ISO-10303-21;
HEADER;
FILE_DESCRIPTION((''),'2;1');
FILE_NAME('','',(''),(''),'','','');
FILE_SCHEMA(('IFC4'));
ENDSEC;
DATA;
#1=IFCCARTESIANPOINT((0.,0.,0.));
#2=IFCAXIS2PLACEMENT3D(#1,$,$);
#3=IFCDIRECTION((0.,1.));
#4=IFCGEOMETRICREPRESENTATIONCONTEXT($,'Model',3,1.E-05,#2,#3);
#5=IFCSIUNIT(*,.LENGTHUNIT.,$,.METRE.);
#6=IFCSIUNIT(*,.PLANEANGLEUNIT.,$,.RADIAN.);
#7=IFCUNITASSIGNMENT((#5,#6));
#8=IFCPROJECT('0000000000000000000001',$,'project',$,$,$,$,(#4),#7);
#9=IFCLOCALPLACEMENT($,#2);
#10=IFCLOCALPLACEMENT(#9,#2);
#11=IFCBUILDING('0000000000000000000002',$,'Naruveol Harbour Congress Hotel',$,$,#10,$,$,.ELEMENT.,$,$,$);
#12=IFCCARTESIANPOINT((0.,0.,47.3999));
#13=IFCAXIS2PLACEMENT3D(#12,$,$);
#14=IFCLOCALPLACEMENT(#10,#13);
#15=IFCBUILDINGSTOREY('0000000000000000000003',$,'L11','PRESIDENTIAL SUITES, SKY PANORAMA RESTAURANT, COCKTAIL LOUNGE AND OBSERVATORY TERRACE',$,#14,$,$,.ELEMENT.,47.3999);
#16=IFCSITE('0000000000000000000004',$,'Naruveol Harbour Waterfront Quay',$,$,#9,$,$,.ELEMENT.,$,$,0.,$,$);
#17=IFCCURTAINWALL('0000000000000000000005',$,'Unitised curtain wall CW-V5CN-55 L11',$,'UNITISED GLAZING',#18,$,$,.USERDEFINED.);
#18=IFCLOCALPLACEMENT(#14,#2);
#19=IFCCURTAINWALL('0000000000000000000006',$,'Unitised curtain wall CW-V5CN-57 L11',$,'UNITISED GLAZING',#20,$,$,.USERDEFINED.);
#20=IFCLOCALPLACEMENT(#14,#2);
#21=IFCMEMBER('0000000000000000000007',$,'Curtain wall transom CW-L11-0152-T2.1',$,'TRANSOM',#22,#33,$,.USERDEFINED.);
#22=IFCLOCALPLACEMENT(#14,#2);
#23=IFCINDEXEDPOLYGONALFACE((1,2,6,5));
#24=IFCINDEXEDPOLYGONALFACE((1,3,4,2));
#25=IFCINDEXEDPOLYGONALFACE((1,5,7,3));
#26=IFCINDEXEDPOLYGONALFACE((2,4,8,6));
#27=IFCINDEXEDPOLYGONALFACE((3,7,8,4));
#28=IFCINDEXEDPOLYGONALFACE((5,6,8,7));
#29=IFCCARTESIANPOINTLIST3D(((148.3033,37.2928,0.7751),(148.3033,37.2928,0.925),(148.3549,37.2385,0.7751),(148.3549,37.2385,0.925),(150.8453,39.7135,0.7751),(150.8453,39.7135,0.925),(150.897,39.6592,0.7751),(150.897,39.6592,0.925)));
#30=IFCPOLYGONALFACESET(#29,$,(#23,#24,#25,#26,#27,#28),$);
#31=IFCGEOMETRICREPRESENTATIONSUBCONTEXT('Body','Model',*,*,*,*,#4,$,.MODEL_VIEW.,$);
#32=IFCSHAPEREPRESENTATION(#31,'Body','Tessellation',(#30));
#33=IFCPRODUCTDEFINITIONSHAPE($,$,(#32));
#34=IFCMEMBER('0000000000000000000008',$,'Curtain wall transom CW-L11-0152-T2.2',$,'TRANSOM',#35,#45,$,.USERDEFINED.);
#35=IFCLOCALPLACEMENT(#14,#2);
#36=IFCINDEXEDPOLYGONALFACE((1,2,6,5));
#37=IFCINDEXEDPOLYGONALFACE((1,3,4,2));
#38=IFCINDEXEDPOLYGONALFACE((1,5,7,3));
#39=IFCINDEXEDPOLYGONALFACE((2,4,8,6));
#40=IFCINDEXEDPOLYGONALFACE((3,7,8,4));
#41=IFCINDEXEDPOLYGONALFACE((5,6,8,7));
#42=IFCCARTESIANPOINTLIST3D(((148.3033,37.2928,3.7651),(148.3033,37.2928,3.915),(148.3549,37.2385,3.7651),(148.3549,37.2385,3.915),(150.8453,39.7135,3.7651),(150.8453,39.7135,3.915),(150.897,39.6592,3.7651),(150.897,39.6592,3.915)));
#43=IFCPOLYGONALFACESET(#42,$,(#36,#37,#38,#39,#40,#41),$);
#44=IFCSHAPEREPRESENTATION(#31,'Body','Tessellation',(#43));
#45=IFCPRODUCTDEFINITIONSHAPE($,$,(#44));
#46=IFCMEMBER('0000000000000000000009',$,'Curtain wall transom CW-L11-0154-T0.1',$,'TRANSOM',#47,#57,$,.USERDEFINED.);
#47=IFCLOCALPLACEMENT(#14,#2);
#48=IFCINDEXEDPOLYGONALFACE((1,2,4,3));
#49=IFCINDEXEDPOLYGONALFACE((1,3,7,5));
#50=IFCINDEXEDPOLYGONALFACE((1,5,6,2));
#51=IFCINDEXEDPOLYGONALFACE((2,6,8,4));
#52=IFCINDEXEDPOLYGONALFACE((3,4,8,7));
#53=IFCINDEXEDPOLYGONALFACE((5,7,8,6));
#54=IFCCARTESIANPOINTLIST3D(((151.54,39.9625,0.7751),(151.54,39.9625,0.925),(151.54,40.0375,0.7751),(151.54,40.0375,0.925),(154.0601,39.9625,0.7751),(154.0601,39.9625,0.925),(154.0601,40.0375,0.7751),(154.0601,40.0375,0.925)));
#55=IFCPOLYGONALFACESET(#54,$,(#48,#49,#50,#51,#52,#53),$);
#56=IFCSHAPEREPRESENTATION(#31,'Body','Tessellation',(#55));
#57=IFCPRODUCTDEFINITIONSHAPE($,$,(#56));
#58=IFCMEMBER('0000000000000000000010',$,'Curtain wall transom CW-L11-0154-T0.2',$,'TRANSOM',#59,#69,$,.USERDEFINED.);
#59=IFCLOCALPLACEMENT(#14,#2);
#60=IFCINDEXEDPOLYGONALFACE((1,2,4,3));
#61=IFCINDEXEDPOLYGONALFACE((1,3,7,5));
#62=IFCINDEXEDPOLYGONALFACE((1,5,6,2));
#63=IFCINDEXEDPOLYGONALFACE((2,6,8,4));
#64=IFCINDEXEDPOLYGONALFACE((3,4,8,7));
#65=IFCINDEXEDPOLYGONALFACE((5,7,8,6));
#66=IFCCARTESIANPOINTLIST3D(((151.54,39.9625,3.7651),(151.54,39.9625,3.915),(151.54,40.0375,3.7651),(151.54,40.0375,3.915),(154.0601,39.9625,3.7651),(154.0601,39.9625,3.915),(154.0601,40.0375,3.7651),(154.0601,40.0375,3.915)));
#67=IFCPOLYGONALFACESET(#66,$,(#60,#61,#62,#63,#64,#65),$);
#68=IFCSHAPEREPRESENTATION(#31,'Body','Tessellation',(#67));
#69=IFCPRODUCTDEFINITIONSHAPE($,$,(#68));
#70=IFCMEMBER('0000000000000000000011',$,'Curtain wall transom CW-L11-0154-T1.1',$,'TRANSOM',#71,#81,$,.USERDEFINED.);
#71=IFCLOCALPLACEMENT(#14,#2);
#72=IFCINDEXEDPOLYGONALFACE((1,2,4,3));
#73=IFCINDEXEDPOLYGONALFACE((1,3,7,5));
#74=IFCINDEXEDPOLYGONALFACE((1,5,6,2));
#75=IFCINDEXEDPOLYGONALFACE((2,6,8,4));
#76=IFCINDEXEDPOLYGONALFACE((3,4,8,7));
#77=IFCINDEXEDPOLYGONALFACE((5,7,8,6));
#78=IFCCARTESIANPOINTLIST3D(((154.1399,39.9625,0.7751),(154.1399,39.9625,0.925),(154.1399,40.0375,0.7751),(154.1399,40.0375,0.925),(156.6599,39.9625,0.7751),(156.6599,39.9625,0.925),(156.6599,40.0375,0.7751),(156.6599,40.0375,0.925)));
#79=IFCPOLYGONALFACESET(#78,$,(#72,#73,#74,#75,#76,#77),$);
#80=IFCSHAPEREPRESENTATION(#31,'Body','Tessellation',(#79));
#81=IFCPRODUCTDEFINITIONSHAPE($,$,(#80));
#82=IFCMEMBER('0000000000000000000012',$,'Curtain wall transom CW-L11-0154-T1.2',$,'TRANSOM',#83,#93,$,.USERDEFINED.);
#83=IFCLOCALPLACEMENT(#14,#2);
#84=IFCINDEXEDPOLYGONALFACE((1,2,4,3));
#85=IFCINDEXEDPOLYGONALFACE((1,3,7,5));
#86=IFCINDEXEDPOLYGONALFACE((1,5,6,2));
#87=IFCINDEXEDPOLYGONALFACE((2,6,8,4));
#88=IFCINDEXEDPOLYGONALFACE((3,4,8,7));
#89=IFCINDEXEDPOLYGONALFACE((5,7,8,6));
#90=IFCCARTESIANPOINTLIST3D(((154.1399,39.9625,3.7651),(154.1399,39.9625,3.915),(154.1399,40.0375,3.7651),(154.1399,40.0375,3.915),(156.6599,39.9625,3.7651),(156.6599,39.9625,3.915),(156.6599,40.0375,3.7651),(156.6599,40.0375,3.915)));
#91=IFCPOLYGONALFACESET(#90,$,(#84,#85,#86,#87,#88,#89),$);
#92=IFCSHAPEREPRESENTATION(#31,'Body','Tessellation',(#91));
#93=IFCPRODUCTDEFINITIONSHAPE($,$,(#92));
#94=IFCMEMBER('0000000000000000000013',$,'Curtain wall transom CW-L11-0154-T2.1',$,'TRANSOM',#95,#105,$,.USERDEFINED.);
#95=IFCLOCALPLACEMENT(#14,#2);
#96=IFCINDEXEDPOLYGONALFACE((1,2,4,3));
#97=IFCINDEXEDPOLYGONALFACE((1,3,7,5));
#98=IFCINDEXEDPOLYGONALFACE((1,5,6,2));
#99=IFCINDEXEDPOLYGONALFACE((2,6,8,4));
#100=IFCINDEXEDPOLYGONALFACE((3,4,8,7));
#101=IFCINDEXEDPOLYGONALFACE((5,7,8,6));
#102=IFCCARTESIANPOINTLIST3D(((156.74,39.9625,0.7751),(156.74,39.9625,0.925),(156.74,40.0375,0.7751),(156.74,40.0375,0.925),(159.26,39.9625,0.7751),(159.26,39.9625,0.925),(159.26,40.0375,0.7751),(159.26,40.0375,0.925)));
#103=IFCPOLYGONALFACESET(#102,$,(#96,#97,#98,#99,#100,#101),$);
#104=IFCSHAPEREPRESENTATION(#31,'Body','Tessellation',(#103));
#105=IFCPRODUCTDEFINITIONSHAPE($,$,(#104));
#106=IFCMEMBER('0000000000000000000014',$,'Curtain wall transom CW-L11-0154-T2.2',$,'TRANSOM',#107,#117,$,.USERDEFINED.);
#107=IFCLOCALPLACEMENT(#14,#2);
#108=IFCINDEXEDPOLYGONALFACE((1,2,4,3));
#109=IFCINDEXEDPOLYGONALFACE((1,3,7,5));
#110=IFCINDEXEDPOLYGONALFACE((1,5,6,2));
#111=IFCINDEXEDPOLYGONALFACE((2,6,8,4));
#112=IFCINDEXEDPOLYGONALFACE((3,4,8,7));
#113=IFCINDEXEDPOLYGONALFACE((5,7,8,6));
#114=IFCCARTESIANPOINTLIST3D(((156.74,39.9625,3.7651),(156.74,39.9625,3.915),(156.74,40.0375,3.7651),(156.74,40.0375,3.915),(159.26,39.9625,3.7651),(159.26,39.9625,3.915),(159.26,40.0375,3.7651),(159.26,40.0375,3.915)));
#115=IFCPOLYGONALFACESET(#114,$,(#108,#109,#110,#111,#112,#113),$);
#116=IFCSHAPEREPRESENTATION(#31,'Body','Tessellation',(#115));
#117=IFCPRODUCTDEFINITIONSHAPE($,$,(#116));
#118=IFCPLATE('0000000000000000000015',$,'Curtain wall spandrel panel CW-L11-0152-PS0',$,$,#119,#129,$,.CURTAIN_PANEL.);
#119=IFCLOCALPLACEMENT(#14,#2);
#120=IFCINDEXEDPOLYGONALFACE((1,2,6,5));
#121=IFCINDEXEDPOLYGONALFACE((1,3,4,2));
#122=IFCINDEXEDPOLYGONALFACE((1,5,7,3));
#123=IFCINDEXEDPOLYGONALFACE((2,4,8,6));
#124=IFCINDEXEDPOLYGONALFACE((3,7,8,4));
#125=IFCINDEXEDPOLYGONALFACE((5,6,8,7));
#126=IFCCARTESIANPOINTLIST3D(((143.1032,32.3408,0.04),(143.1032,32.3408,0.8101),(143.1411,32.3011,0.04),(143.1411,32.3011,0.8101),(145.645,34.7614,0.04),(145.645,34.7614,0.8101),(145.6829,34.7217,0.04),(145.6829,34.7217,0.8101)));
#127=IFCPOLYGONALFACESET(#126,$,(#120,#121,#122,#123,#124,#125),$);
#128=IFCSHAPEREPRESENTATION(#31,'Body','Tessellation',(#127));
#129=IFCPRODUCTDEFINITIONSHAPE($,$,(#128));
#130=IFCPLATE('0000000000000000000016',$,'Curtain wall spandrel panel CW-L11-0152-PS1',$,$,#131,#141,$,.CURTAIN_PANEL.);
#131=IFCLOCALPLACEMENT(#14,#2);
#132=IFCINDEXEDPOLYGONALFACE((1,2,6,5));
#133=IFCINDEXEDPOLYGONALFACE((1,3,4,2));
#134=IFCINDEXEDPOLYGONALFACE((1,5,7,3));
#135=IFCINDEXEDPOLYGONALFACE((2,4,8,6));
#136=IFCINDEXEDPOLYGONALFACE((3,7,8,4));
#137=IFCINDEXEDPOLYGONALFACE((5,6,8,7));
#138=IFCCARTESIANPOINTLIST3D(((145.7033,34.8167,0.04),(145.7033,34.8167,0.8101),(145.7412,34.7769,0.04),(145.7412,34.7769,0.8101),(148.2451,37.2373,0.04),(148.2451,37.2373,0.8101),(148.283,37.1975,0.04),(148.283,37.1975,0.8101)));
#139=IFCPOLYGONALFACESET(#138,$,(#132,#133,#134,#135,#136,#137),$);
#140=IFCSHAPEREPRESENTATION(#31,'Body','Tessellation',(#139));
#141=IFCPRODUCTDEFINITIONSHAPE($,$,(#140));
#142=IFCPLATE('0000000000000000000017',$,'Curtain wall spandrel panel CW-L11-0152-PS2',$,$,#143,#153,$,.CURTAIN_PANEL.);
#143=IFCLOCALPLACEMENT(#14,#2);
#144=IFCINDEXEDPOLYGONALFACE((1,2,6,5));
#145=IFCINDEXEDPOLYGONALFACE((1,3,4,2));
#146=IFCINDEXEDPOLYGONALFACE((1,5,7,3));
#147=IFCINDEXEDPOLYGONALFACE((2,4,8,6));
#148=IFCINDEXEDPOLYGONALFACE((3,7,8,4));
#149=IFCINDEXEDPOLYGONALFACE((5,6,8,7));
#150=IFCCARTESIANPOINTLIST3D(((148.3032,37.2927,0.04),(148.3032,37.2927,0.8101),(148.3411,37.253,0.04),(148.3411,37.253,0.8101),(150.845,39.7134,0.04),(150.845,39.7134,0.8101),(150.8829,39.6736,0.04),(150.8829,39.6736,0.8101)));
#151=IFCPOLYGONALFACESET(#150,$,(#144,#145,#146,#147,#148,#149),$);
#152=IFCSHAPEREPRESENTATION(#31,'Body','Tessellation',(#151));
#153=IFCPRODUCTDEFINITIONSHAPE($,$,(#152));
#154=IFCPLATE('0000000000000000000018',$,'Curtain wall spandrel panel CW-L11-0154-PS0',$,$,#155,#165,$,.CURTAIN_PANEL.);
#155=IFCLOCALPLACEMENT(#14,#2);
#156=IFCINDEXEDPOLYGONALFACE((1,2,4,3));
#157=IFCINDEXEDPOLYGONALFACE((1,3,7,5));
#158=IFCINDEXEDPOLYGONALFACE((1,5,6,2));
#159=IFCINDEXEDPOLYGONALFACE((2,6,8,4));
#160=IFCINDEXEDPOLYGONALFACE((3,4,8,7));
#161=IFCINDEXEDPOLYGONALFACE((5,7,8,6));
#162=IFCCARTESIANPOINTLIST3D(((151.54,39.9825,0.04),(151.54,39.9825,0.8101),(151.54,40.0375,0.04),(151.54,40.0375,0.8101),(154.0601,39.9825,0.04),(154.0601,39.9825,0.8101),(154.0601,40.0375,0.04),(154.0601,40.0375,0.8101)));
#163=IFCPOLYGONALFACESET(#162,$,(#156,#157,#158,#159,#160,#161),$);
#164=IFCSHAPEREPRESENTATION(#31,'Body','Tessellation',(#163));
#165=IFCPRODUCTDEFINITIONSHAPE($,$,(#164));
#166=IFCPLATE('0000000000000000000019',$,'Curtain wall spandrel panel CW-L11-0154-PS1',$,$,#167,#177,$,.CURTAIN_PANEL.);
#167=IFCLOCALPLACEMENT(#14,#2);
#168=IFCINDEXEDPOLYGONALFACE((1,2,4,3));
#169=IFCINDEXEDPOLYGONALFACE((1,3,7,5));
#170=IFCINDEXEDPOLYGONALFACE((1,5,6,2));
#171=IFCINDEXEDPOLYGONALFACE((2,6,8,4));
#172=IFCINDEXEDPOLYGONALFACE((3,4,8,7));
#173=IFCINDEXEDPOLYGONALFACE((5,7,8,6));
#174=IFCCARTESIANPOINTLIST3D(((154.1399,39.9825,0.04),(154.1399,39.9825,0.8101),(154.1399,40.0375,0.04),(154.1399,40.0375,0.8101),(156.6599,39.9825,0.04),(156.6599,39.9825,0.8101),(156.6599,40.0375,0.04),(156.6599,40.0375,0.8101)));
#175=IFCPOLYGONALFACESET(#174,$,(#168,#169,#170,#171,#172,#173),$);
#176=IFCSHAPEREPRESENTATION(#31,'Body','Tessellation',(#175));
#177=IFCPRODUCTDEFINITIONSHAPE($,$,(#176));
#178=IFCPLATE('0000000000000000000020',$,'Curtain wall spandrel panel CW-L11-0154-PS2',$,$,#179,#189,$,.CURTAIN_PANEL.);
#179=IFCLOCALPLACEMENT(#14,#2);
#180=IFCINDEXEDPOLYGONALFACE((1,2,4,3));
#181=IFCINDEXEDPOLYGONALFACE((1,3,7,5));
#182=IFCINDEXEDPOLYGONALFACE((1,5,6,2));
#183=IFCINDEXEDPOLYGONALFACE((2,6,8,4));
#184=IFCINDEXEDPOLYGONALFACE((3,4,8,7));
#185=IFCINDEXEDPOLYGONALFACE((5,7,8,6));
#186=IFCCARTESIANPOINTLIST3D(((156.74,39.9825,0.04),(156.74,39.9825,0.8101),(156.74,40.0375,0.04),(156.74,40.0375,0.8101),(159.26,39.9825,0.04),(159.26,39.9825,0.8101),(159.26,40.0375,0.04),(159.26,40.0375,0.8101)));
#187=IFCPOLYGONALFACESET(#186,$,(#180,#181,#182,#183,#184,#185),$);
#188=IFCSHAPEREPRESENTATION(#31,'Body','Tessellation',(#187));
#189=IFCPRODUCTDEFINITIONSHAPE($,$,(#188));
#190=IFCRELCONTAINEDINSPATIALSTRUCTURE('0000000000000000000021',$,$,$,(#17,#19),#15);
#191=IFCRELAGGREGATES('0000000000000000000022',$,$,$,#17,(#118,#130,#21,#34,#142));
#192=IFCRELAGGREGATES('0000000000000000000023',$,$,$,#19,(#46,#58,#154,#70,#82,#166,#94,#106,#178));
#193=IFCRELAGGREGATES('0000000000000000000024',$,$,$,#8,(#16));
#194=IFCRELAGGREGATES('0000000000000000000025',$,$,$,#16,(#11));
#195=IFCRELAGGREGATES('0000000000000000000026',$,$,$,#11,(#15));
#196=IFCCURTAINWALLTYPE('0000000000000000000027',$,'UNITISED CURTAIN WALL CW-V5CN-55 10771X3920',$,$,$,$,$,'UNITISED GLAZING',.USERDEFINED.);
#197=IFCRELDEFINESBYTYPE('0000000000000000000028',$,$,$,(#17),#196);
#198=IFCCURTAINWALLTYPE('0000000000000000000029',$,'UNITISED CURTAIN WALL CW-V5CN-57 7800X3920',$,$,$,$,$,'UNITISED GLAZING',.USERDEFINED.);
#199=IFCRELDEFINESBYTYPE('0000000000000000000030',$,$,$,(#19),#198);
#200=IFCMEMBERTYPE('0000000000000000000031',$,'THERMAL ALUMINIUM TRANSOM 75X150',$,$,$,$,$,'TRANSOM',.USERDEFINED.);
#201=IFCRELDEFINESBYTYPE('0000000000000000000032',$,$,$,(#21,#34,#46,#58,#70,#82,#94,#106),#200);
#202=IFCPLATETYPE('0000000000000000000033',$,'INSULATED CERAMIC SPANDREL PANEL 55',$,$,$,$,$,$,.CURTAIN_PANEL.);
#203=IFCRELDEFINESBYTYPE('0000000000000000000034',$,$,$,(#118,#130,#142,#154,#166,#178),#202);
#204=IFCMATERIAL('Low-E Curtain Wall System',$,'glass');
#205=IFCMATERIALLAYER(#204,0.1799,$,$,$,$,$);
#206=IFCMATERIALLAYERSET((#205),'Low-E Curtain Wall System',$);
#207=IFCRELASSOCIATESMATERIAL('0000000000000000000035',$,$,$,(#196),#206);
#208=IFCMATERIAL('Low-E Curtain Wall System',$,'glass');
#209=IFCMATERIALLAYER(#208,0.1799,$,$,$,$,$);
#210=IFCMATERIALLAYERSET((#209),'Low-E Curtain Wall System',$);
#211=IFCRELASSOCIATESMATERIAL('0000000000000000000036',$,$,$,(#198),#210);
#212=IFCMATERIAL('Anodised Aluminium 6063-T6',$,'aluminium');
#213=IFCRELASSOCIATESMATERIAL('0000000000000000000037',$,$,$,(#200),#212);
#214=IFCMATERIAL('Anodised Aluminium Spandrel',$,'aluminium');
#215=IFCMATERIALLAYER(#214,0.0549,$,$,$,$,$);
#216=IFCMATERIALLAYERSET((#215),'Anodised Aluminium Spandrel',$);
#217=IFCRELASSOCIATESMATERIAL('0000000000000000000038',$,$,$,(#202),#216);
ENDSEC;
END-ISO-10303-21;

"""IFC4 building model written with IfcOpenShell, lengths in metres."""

from ifc_helpers import new_model, si_unit, direction, frame, origin, origin_2d, place, context, subcontext, project, spatial, rectangle, extrude, material, layer, layer_set, material_profile, profile_set, type_object, element, aggregate, save


model = new_model("IFC4")

# Units and contexts
model_context = context("Model", 3, precision=1e-05, world=origin(), true_north=direction((0.0, 1.0)))
body_context = subcontext(model_context, "Body", "Model", "MODEL_VIEW")
ifc_project = project(units=[si_unit("LENGTHUNIT", "METRE"), si_unit("PLANEANGLEUNIT", "RADIAN")], contexts=[model_context])

# Site, building, storey
site_placement = place(None, origin())
site = spatial("IfcSite", under=ifc_project, at=site_placement, Name="Naruveol Harbour Waterfront Quay", CompositionType="ELEMENT", RefElevation=0.0)
building_placement = place(site_placement, origin())
building = spatial("IfcBuilding", under=site, at=building_placement, Name="Naruveol Harbour Congress Hotel", CompositionType="ELEMENT")
storey_placement = place(building_placement, frame((0.0, 0.0, 47.3999)))
storey = spatial("IfcBuildingStorey", under=building, at=storey_placement, Name="L11", Description="PRESIDENTIAL SUITES, SKY PANORAMA RESTAURANT, COCKTAIL LOUNGE AND OBSERVATORY TERRACE", CompositionType="ELEMENT", Elevation=47.3999)

# Curtain walls
ifc_material_1 = material(Name="Low-E Curtain Wall System", Category="glass")
ifc_layer_1 = layer(ifc_material_1, 0.1799)
ifc_layer_set_1 = layer_set([ifc_layer_1], Name="Low-E Curtain Wall System")
curtain_wall_type_1 = type_object("IfcCurtainWallType", Name="UNITISED CURTAIN WALL CW-V5CN-55 10771X3920", ElementType="UNITISED GLAZING", PredefinedType="USERDEFINED", material=ifc_layer_set_1)
curtain_wall_1_placement = place(storey_placement, origin())
curtain_wall_1 = element("IfcCurtainWall", 1, at=curtain_wall_1_placement, inside=storey, type_object=curtain_wall_type_1, Name="Unitised curtain wall CW-V5CN-55 L11", ObjectType="UNITISED GLAZING", PredefinedType="USERDEFINED")
ifc_material_2 = material(Name="Low-E Curtain Wall System", Category="glass")
ifc_layer_2 = layer(ifc_material_2, 0.1799)
ifc_layer_set_2 = layer_set([ifc_layer_2], Name="Low-E Curtain Wall System")
curtain_wall_type_2 = type_object("IfcCurtainWallType", Name="UNITISED CURTAIN WALL CW-V5CN-57 7800X3920", ElementType="UNITISED GLAZING", PredefinedType="USERDEFINED", material=ifc_layer_set_2)
curtain_wall_2_placement = place(storey_placement, origin())
curtain_wall_2 = element("IfcCurtainWall", 2, at=curtain_wall_2_placement, inside=storey, type_object=curtain_wall_type_2, Name="Unitised curtain wall CW-V5CN-57 L11", ObjectType="UNITISED GLAZING", PredefinedType="USERDEFINED")

# Members
ifc_material_3 = material(Name="Anodised Aluminium 6063-T6", Category="aluminium")
ifc_material_profile_1 = material_profile(ifc_material_3, rectangle(XDim=0.075, YDim=0.1499, at=origin_2d()), Name="ALU-75x150")
ifc_profile_set_1 = profile_set([ifc_material_profile_1], Name="Anodised Aluminium 6063-T6")
member_type_1 = type_object("IfcMemberType", Name="THERMAL ALUMINIUM TRANSOM 75X150", ElementType="TRANSOM", PredefinedType="USERDEFINED", material=ifc_profile_set_1)
member_1_placement = place(storey_placement, frame((148.3291, 37.2656, 0.8501), z_axis=(0.724179, 0.689612, 0.0), x_axis=(-0.689612, 0.724179, 0.0)))
member_1 = element("IfcMember", 3, at=member_1_placement, type_object=member_type_1, Name="Curtain wall transom CW-L11-0152-T2.1", ObjectType="TRANSOM", PredefinedType="USERDEFINED", context=body_context, shape_type="SweptSolid", body=[
    extrude(rectangle(XDim=0.075, YDim=0.1499, at=origin_2d()), origin(), (0.0, 0.0, 1.0), 3.5103),
])
member_2_placement = place(storey_placement, frame((148.3291, 37.2656, 3.8401), z_axis=(0.724179, 0.689612, 0.0), x_axis=(-0.689612, 0.724179, 0.0)))
member_2 = element("IfcMember", 4, at=member_2_placement, type_object=member_type_1, Name="Curtain wall transom CW-L11-0152-T2.2", ObjectType="TRANSOM", PredefinedType="USERDEFINED", context=body_context, shape_type="SweptSolid", body=[
    extrude(rectangle(XDim=0.075, YDim=0.1499, at=origin_2d()), origin(), (0.0, 0.0, 1.0), 3.5103),
])
member_3_placement = place(storey_placement, frame((151.54, 40.0, 0.8501), z_axis=(1.0, 0.0, 0.0), x_axis=(0.0, 1.0, 0.0)))
member_3 = element("IfcMember", 5, at=member_3_placement, type_object=member_type_1, Name="Curtain wall transom CW-L11-0154-T0.1", ObjectType="TRANSOM", PredefinedType="USERDEFINED", context=body_context, shape_type="SweptSolid", body=[
    extrude(rectangle(XDim=0.075, YDim=0.1499, at=origin_2d()), origin(), (0.0, 0.0, 1.0), 2.52),
])
member_4_placement = place(storey_placement, frame((151.54, 40.0, 3.8401), z_axis=(1.0, 0.0, 0.0), x_axis=(0.0, 1.0, 0.0)))
member_4 = element("IfcMember", 6, at=member_4_placement, type_object=member_type_1, Name="Curtain wall transom CW-L11-0154-T0.2", ObjectType="TRANSOM", PredefinedType="USERDEFINED", context=body_context, shape_type="SweptSolid", body=[
    extrude(rectangle(XDim=0.075, YDim=0.1499, at=origin_2d()), origin(), (0.0, 0.0, 1.0), 2.52),
])
member_5_placement = place(storey_placement, frame((154.1399, 40.0, 0.8501), z_axis=(1.0, 0.0, 0.0), x_axis=(0.0, 1.0, 0.0)))
member_5 = element("IfcMember", 7, at=member_5_placement, type_object=member_type_1, Name="Curtain wall transom CW-L11-0154-T1.1", ObjectType="TRANSOM", PredefinedType="USERDEFINED", context=body_context, shape_type="SweptSolid", body=[
    extrude(rectangle(XDim=0.075, YDim=0.1499, at=origin_2d()), origin(), (0.0, 0.0, 1.0), 2.52),
])
member_6_placement = place(storey_placement, frame((154.1399, 40.0, 3.8401), z_axis=(1.0, 0.0, 0.0), x_axis=(0.0, 1.0, 0.0)))
member_6 = element("IfcMember", 8, at=member_6_placement, type_object=member_type_1, Name="Curtain wall transom CW-L11-0154-T1.2", ObjectType="TRANSOM", PredefinedType="USERDEFINED", context=body_context, shape_type="SweptSolid", body=[
    extrude(rectangle(XDim=0.075, YDim=0.1499, at=origin_2d()), origin(), (0.0, 0.0, 1.0), 2.52),
])
member_7_placement = place(storey_placement, frame((156.74, 40.0, 0.8501), z_axis=(1.0, 0.0, 0.0), x_axis=(0.0, 1.0, 0.0)))
member_7 = element("IfcMember", 9, at=member_7_placement, type_object=member_type_1, Name="Curtain wall transom CW-L11-0154-T2.1", ObjectType="TRANSOM", PredefinedType="USERDEFINED", context=body_context, shape_type="SweptSolid", body=[
    extrude(rectangle(XDim=0.075, YDim=0.1499, at=origin_2d()), origin(), (0.0, 0.0, 1.0), 2.52),
])
member_8_placement = place(storey_placement, frame((156.74, 40.0, 3.8401), z_axis=(1.0, 0.0, 0.0), x_axis=(0.0, 1.0, 0.0)))
member_8 = element("IfcMember", 10, at=member_8_placement, type_object=member_type_1, Name="Curtain wall transom CW-L11-0154-T2.2", ObjectType="TRANSOM", PredefinedType="USERDEFINED", context=body_context, shape_type="SweptSolid", body=[
    extrude(rectangle(XDim=0.075, YDim=0.1499, at=origin_2d()), origin(), (0.0, 0.0, 1.0), 2.52),
])

# Plates
ifc_material_4 = material(Name="Anodised Aluminium Spandrel", Category="aluminium")
ifc_layer_3 = layer(ifc_material_4, 0.0549)
ifc_layer_set_3 = layer_set([ifc_layer_3], Name="Anodised Aluminium Spandrel")
plate_type_1 = type_object("IfcPlateType", Name="INSULATED CERAMIC SPANDREL PANEL 55", PredefinedType="CURTAIN_PANEL", material=ifc_layer_set_3)
plate_1_placement = place(storey_placement, frame((144.3931, 33.5312, 0.04), z_axis=(0.0, 0.0, 1.0), x_axis=(0.72416, 0.689632, 0.0)))
plate_1 = element("IfcPlate", 11, at=plate_1_placement, type_object=plate_type_1, Name="Curtain wall spandrel panel CW-L11-0152-PS0", PredefinedType="CURTAIN_PANEL", context=body_context, shape_type="SweptSolid", body=[
    extrude(rectangle(XDim=3.51, YDim=0.0549, at=origin_2d()), origin(), (0.0, 0.0, 1.0), 0.77),
])
plate_2_placement = place(storey_placement, frame((146.9932, 36.0071, 0.04), z_axis=(0.0, 0.0, 1.0), x_axis=(0.72416, 0.689632, 0.0)))
plate_2 = element("IfcPlate", 12, at=plate_2_placement, type_object=plate_type_1, Name="Curtain wall spandrel panel CW-L11-0152-PS1", PredefinedType="CURTAIN_PANEL", context=body_context, shape_type="SweptSolid", body=[
    extrude(rectangle(XDim=3.51, YDim=0.0549, at=origin_2d()), origin(), (0.0, 0.0, 1.0), 0.77),
])
plate_3_placement = place(storey_placement, frame((149.593, 38.4832, 0.04), z_axis=(0.0, 0.0, 1.0), x_axis=(0.72416, 0.689632, 0.0)))
plate_3 = element("IfcPlate", 13, at=plate_3_placement, type_object=plate_type_1, Name="Curtain wall spandrel panel CW-L11-0152-PS2", PredefinedType="CURTAIN_PANEL", context=body_context, shape_type="SweptSolid", body=[
    extrude(rectangle(XDim=3.51, YDim=0.0549, at=origin_2d()), origin(), (0.0, 0.0, 1.0), 0.77),
])
plate_4_placement = place(storey_placement, frame((152.8, 40.01, 0.04), z_axis=(0.0, 0.0, 1.0), x_axis=(1.0, 0.0, 0.0)))
plate_4 = element("IfcPlate", 14, at=plate_4_placement, type_object=plate_type_1, Name="Curtain wall spandrel panel CW-L11-0154-PS0", PredefinedType="CURTAIN_PANEL", context=body_context, shape_type="SweptSolid", body=[
    extrude(rectangle(XDim=2.52, YDim=0.0549, at=origin_2d()), origin(), (0.0, 0.0, 1.0), 0.77),
])
plate_5_placement = place(storey_placement, frame((155.3999, 40.01, 0.04), z_axis=(0.0, 0.0, 1.0), x_axis=(1.0, 0.0, 0.0)))
plate_5 = element("IfcPlate", 15, at=plate_5_placement, type_object=plate_type_1, Name="Curtain wall spandrel panel CW-L11-0154-PS1", PredefinedType="CURTAIN_PANEL", context=body_context, shape_type="SweptSolid", body=[
    extrude(rectangle(XDim=2.52, YDim=0.0549, at=origin_2d()), origin(), (0.0, 0.0, 1.0), 0.77),
])
plate_6_placement = place(storey_placement, frame((158.0, 40.01, 0.04), z_axis=(0.0, 0.0, 1.0), x_axis=(1.0, 0.0, 0.0)))
plate_6 = element("IfcPlate", 16, at=plate_6_placement, type_object=plate_type_1, Name="Curtain wall spandrel panel CW-L11-0154-PS2", PredefinedType="CURTAIN_PANEL", context=body_context, shape_type="SweptSolid", body=[
    extrude(rectangle(XDim=2.52, YDim=0.0549, at=origin_2d()), origin(), (0.0, 0.0, 1.0), 0.77),
])
aggregate(curtain_wall_1, [plate_1, plate_2, member_1, member_2, plate_3])
aggregate(curtain_wall_2, [member_3, member_4, plate_4, member_5, member_6, plate_5, member_7, member_8, plate_6])

save(model, "model.ifc")
